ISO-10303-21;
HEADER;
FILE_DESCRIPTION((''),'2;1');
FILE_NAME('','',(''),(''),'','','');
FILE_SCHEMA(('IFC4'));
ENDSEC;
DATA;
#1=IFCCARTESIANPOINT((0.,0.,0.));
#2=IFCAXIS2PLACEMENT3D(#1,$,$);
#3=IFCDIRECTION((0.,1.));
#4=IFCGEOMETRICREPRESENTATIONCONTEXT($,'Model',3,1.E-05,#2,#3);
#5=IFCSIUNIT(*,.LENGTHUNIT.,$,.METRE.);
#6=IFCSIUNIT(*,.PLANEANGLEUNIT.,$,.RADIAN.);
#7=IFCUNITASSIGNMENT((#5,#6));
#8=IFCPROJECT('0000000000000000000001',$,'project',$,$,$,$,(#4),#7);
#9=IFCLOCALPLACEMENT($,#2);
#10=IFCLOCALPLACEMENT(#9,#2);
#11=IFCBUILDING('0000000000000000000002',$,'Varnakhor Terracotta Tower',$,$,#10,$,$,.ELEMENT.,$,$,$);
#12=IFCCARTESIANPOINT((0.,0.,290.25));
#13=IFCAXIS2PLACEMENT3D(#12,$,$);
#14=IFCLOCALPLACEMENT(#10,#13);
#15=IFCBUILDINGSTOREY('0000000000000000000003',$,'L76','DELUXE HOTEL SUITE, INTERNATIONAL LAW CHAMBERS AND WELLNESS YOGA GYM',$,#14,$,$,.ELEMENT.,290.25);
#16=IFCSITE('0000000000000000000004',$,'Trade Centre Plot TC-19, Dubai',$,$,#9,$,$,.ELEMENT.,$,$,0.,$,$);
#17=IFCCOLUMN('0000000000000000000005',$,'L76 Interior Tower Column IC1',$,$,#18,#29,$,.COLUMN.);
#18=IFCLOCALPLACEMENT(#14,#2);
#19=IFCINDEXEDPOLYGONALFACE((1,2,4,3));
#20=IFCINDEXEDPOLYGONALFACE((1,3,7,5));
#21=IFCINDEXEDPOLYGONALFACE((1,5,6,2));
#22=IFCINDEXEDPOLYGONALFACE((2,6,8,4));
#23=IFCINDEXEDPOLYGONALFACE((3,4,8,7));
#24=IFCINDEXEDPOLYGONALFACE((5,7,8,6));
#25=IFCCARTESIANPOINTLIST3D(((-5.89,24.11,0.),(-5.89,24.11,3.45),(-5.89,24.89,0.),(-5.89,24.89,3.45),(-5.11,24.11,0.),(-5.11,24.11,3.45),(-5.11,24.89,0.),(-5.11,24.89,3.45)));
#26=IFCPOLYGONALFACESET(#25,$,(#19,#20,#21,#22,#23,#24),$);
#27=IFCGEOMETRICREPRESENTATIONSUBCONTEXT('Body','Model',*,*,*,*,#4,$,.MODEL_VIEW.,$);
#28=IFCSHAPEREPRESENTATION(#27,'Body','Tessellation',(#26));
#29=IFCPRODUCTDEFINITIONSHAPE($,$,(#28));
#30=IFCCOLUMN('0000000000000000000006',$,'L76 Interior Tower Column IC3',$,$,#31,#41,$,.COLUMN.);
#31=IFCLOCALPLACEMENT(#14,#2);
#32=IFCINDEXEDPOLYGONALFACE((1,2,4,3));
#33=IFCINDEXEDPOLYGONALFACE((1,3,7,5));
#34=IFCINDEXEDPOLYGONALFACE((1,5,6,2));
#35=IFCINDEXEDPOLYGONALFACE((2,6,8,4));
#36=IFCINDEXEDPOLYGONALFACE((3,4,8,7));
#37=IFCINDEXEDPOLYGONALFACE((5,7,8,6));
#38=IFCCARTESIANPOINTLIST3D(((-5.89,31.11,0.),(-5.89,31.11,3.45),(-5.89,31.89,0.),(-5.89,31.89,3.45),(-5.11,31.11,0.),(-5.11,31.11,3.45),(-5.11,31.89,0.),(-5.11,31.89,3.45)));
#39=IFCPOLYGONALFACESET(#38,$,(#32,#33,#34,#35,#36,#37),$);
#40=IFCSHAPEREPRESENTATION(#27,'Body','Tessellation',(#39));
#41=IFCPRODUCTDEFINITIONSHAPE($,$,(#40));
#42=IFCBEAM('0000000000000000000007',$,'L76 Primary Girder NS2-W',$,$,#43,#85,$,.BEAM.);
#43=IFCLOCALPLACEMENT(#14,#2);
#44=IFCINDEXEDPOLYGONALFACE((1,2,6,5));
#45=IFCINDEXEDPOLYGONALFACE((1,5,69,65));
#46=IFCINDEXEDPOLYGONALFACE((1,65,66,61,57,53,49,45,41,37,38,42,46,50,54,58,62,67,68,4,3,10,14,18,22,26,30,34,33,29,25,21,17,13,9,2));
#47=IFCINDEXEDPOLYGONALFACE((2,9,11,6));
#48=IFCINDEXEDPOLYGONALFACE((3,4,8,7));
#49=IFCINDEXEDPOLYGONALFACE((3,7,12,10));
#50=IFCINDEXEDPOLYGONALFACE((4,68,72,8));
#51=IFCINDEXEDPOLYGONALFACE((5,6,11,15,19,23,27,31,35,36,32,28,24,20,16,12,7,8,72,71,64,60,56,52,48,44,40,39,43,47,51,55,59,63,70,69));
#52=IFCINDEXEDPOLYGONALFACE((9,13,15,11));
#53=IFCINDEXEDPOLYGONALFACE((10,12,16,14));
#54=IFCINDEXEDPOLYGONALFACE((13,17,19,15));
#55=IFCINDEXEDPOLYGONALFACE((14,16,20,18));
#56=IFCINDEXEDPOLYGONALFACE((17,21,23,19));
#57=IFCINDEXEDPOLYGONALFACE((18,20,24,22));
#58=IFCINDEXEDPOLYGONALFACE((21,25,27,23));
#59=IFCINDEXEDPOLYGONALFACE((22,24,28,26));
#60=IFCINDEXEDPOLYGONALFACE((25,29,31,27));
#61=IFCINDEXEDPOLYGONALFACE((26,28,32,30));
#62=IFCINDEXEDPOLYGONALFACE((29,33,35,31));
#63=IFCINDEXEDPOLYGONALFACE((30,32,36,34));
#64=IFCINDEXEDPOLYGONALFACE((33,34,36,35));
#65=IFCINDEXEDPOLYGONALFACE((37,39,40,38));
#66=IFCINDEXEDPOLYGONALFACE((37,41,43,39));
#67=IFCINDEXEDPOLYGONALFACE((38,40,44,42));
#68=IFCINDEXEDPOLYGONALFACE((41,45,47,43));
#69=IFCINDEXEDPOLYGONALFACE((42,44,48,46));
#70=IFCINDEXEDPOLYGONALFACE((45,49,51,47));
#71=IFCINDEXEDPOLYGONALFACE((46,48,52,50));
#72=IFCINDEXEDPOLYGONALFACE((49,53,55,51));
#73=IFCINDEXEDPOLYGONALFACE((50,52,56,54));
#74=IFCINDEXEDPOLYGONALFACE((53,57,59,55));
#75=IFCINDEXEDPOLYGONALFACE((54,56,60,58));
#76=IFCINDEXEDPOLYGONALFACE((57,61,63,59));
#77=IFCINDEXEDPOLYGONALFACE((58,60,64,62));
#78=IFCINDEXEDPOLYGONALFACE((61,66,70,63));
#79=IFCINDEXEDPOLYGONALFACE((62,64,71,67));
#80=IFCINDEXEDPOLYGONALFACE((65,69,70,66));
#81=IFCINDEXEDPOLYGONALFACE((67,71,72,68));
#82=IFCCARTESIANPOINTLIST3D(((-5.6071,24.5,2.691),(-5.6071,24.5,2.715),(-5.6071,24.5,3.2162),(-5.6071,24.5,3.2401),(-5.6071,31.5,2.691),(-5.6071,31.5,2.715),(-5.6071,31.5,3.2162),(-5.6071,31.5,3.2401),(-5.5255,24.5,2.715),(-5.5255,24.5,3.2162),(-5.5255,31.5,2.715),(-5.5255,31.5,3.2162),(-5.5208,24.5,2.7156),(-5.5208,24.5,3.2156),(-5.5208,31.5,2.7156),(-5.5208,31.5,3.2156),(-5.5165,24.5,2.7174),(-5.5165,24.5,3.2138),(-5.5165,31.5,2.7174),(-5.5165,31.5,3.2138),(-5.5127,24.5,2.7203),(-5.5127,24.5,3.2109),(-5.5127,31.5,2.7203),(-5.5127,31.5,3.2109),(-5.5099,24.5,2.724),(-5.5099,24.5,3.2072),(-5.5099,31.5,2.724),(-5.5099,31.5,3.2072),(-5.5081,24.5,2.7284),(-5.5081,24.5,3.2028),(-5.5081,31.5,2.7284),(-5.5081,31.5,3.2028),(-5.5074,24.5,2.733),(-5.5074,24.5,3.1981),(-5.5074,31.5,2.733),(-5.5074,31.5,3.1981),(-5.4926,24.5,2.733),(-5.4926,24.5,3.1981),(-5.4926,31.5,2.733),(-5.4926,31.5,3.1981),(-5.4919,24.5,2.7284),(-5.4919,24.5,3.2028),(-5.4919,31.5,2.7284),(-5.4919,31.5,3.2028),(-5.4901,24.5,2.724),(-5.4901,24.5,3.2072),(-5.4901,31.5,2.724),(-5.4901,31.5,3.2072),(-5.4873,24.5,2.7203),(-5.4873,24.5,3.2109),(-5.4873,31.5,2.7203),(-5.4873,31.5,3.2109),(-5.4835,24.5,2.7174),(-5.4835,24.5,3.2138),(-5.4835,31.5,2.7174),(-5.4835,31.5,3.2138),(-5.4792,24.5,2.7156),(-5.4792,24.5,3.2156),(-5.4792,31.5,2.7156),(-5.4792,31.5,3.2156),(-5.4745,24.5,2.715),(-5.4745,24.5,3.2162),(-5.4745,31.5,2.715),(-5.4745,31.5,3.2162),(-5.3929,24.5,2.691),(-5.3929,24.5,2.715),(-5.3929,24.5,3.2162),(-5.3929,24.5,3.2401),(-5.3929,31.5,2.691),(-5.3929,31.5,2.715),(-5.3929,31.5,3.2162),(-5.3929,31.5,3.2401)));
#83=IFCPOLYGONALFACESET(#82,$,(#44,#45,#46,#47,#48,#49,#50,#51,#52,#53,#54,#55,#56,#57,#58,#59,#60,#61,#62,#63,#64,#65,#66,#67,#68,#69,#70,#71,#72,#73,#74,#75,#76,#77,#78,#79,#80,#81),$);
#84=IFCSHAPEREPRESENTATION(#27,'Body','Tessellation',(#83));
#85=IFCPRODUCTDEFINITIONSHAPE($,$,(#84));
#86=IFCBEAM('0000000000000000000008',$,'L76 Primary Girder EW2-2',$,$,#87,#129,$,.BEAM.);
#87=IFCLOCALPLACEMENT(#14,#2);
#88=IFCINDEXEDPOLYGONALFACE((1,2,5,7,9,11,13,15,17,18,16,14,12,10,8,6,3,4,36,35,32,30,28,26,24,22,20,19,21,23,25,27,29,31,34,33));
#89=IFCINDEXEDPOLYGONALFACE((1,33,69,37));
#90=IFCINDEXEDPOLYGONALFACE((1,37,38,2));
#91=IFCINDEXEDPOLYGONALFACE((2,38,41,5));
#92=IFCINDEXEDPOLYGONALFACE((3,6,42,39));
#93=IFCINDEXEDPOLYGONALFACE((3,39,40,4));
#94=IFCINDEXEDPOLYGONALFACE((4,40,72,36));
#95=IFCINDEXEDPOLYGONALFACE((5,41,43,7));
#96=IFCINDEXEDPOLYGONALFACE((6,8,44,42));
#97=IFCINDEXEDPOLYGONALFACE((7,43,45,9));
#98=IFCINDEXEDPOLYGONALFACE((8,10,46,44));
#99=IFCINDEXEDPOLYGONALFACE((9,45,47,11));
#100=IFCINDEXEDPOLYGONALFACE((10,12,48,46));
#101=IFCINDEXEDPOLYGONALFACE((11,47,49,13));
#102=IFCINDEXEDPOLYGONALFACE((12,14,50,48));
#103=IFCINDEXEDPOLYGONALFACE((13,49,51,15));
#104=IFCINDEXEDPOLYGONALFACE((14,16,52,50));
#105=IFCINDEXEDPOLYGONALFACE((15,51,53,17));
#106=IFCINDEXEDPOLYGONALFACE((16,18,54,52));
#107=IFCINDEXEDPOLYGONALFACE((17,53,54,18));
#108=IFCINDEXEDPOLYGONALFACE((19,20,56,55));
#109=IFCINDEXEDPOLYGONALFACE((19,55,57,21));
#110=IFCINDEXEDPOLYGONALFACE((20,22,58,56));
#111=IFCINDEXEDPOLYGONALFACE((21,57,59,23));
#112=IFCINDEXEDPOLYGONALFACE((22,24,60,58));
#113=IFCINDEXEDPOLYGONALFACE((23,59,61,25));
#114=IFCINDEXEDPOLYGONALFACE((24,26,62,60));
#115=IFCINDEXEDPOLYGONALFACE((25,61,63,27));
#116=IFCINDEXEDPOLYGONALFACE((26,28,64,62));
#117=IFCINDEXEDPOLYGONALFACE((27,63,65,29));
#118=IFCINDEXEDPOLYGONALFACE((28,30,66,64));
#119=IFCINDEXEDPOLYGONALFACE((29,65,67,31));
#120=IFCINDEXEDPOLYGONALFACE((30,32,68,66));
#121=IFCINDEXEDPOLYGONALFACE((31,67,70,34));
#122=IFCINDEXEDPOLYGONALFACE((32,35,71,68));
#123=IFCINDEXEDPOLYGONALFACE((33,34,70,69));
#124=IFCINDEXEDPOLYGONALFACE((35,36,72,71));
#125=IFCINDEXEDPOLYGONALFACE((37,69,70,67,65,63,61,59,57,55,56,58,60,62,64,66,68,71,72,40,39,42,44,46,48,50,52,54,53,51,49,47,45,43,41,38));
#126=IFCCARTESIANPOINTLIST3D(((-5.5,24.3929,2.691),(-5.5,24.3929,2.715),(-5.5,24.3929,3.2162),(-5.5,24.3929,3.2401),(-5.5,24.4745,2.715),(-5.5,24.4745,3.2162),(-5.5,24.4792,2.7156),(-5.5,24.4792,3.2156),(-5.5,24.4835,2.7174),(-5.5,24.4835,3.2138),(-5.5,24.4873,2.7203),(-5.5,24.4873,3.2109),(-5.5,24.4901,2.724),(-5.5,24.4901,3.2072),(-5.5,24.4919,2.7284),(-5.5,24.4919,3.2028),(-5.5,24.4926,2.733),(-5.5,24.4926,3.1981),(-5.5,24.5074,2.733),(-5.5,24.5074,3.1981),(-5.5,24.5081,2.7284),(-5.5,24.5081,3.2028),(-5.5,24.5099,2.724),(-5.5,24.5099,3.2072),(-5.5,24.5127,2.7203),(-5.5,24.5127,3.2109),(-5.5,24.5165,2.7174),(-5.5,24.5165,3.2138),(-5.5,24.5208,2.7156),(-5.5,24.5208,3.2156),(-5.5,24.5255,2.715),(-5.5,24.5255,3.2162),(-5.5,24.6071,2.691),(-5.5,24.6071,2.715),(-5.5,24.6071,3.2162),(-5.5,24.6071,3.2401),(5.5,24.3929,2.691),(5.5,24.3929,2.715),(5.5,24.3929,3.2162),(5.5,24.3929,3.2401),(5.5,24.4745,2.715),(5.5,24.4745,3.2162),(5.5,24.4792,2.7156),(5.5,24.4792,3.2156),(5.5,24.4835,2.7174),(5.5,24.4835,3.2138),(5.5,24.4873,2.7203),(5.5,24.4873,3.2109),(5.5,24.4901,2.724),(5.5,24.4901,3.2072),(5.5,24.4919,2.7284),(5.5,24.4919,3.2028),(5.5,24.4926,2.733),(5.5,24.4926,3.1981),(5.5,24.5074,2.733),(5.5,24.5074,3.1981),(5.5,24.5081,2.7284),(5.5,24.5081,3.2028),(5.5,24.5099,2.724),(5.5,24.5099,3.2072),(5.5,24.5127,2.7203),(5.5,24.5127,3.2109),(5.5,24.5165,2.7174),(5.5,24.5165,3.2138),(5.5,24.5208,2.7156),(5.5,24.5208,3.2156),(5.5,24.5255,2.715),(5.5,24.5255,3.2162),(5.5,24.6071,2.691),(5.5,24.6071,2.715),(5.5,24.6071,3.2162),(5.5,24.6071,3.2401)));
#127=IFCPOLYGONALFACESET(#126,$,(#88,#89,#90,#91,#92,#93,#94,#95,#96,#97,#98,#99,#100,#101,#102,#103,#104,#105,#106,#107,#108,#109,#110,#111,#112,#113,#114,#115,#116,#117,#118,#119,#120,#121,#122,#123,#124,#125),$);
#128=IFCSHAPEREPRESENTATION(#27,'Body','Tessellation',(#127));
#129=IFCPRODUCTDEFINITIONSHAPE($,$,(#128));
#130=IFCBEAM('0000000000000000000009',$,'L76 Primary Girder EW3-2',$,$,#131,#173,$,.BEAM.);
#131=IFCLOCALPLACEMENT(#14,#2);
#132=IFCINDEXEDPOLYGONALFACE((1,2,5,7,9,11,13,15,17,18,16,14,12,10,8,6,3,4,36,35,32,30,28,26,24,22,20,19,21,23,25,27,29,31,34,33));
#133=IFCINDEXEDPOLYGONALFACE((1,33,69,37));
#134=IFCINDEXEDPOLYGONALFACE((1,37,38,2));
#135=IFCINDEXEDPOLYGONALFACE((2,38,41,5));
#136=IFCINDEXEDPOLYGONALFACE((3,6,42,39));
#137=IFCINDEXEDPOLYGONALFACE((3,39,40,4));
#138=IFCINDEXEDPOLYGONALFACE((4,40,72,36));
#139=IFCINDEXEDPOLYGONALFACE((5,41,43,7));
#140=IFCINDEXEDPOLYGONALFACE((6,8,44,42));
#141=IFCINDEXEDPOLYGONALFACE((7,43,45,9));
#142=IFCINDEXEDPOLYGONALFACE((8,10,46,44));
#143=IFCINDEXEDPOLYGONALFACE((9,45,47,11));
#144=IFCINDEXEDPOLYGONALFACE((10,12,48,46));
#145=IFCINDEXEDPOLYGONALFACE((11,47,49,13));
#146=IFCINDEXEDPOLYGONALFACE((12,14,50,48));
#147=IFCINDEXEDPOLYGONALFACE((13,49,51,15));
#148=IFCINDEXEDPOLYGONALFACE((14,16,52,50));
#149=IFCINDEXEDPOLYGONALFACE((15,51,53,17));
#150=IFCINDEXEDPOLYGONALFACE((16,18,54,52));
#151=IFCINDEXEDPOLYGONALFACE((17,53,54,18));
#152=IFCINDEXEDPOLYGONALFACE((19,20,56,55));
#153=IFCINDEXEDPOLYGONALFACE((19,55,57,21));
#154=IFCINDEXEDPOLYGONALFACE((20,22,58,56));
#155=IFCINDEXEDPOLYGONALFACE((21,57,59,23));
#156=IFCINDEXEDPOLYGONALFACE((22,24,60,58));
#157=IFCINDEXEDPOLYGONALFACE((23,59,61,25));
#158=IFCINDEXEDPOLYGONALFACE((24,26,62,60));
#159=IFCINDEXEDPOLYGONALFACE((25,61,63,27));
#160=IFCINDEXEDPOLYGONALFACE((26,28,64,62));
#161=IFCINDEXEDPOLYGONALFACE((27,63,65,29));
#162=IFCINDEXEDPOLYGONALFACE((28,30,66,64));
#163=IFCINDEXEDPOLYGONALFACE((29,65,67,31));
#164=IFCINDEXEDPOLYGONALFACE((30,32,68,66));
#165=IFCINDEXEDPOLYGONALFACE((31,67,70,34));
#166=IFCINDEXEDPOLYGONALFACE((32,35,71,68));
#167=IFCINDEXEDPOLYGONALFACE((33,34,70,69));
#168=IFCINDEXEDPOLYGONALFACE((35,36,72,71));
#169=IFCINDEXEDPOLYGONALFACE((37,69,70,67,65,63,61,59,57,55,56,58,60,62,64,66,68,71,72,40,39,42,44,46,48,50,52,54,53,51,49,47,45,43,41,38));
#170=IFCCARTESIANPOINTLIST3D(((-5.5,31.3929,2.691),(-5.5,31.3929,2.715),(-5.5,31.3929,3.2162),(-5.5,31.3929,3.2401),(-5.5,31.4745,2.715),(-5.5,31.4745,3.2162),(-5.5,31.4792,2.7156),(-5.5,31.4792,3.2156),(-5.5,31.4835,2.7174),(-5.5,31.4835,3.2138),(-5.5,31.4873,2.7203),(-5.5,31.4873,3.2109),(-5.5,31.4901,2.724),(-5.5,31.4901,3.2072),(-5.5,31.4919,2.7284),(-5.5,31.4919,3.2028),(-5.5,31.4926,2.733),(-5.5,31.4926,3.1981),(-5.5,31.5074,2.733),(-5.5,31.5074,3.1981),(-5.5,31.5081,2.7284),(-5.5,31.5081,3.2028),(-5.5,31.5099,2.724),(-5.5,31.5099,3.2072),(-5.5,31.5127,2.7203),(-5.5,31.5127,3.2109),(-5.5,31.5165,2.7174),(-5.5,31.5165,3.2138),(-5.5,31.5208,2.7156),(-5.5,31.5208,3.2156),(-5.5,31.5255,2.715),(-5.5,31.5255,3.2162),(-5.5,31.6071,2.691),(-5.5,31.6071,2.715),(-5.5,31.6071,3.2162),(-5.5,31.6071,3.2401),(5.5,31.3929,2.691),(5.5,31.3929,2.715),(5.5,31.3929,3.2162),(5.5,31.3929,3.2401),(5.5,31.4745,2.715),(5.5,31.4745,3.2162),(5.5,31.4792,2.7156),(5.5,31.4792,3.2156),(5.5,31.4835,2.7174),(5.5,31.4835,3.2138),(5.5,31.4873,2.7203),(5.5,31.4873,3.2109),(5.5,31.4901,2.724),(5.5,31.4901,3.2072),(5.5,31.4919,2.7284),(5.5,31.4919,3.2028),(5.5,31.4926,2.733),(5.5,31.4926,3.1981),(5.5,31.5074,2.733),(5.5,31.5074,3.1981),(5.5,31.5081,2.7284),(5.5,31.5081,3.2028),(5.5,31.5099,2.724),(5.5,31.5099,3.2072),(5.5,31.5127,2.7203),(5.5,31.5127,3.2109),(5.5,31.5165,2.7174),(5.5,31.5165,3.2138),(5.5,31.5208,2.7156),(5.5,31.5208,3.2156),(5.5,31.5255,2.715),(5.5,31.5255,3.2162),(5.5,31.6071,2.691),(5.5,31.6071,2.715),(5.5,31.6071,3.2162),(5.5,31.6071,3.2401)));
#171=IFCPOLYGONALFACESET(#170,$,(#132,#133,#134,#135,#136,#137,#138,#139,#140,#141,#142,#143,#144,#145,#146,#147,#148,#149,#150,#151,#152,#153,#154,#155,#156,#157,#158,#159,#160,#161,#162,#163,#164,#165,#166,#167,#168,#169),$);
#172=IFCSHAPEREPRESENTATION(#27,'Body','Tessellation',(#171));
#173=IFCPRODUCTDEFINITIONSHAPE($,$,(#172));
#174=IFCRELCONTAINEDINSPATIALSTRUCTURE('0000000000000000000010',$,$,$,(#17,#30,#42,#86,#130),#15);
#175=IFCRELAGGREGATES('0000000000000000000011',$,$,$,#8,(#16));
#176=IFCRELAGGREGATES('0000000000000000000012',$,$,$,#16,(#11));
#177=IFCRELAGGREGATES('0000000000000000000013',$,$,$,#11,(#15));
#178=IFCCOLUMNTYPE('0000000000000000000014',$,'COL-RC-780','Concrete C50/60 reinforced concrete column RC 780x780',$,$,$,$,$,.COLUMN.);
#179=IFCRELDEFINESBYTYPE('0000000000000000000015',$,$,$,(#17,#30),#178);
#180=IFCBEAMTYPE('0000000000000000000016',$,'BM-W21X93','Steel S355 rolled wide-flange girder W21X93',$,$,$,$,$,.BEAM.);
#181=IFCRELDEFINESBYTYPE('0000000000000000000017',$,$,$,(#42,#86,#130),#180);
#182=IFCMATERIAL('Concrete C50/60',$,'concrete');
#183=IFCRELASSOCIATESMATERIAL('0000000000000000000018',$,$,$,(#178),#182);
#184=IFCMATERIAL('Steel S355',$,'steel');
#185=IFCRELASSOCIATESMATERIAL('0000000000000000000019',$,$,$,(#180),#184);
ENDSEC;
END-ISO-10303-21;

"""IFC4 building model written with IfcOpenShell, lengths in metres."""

from ifc_helpers import new_model, si_unit, direction, frame, origin, origin_2d, place, context, subcontext, project, spatial, rectangle, i_section, extrude, source, transform, mapped, material, material_profile, profile_set, type_object, element, save


model = new_model("IFC4")

# Units and contexts
model_context = context("Model", 3, precision=1e-05, world=origin(), true_north=direction((0.0, 1.0)))
body_context = subcontext(model_context, "Body", "Model", "MODEL_VIEW")
ifc_project = project(units=[si_unit("LENGTHUNIT", "METRE"), si_unit("PLANEANGLEUNIT", "RADIAN")], contexts=[model_context])

# Site, building, storey
site_placement = place(None, origin())
site = spatial("IfcSite", under=ifc_project, at=site_placement, Name="Trade Centre Plot TC-19, Dubai", CompositionType="ELEMENT", RefElevation=0.0)
building_placement = place(site_placement, origin())
building = spatial("IfcBuilding", under=site, at=building_placement, Name="Varnakhor Terracotta Tower", CompositionType="ELEMENT")
storey_placement = place(building_placement, frame((0.0, 0.0, 290.25)))
storey = spatial("IfcBuildingStorey", under=building, at=storey_placement, Name="L76", Description="DELUXE HOTEL SUITE, INTERNATIONAL LAW CHAMBERS AND WELLNESS YOGA GYM", CompositionType="ELEMENT", Elevation=290.25)

# Columns
ifc_material_1 = material(Name="Concrete C50/60", Category="concrete")
ifc_material_profile_1 = material_profile(ifc_material_1, rectangle(XDim=0.78, YDim=0.78, at=origin_2d()), Name="RC 780x780")
ifc_profile_set_1 = profile_set([ifc_material_profile_1], Name="Concrete C50/60")
column_type = type_object("IfcColumnType", Name="COL-RC-780", Description="Concrete C50/60 reinforced concrete column RC 780x780", PredefinedType="COLUMN", material=ifc_profile_set_1)
shared_shape_1 = source(origin(), body_context, "Body", "SweptSolid", [
    extrude(rectangle(XDim=0.78, YDim=0.78, at=origin_2d()), origin(), (0.0, 0.0, 1.0), 3.45),
])
for number, where, z_axis, x_axis, name in (
    (1, (-5.5, 24.5, 0.0), (0.0, 0.0, 1.0), (1.0, 0.0, 0.0), "L76 Interior Tower Column IC1"),
    (2, (-5.5, 31.5, 0.0), (0.0, 0.0, 1.0), (1.0, 0.0, 0.0), "L76 Interior Tower Column IC3"),
):
    element("IfcColumn", number, at=place(storey_placement, frame(where, z_axis=z_axis, x_axis=x_axis)), inside=storey, type_object=column_type, Name=name, PredefinedType="COLUMN", context=body_context, shape_type="MappedRepresentation", body=[
        mapped(shared_shape_1, transform((0.0, 0.0, 0.0), scale=1.0)),
    ])

# Beams
ifc_material_2 = material(Name="Steel S355", Category="steel")
ifc_material_profile_2 = material_profile(ifc_material_2, i_section(OverallWidth=0.2141, OverallDepth=0.5491, WebThickness=0.0149, FlangeThickness=0.0239, FilletRadius=0.0181, at=origin_2d()), Name="W21X93")
ifc_profile_set_2 = profile_set([ifc_material_profile_2], Name="Steel S355")
beam_type_1 = type_object("IfcBeamType", Name="BM-W21X93", Description="Steel S355 rolled wide-flange girder W21X93", PredefinedType="BEAM", material=ifc_profile_set_2)
shared_shape_2 = source(origin(), body_context, "Body", "SweptSolid", [
    extrude(i_section(OverallWidth=0.2141, OverallDepth=0.5491, WebThickness=0.0149, FlangeThickness=0.0239, FilletRadius=0.0181, at=origin_2d()), origin(), (0.0, 0.0, 1.0), 7.0),
])
beam_1_placement = place(storey_placement, frame((-5.5, 24.5, 2.9656), z_axis=(0.0, 1.0, 0.0), x_axis=(-1.0, 0.0, 0.0)))
element("IfcBeam", 3, at=beam_1_placement, inside=storey, type_object=beam_type_1, Name="L76 Primary Girder NS2-W", PredefinedType="BEAM", context=body_context, shape_type="MappedRepresentation", body=[
    mapped(shared_shape_2, transform((0.0, 0.0, 0.0), scale=1.0)),
])
shared_shape_3 = source(origin(), body_context, "Body", "SweptSolid", [
    extrude(i_section(OverallWidth=0.2141, OverallDepth=0.5491, WebThickness=0.0149, FlangeThickness=0.0239, FilletRadius=0.0181, at=origin_2d()), origin(), (0.0, 0.0, 1.0), 11.0),
])
for number, where, z_axis, x_axis, name in (
    (4, (-5.5, 24.5, 2.9656), (1.0, 0.0, 0.0), (0.0, 1.0, 0.0), "L76 Primary Girder EW2-2"),
    (5, (-5.5, 31.5, 2.9656), (1.0, 0.0, 0.0), (0.0, 1.0, 0.0), "L76 Primary Girder EW3-2"),
):
    element("IfcBeam", number, at=place(storey_placement, frame(where, z_axis=z_axis, x_axis=x_axis)), inside=storey, type_object=beam_type_1, Name=name, PredefinedType="BEAM", context=body_context, shape_type="MappedRepresentation", body=[
        mapped(shared_shape_3, transform((0.0, 0.0, 0.0), scale=1.0)),
    ])

save(model, "model.ifc")
